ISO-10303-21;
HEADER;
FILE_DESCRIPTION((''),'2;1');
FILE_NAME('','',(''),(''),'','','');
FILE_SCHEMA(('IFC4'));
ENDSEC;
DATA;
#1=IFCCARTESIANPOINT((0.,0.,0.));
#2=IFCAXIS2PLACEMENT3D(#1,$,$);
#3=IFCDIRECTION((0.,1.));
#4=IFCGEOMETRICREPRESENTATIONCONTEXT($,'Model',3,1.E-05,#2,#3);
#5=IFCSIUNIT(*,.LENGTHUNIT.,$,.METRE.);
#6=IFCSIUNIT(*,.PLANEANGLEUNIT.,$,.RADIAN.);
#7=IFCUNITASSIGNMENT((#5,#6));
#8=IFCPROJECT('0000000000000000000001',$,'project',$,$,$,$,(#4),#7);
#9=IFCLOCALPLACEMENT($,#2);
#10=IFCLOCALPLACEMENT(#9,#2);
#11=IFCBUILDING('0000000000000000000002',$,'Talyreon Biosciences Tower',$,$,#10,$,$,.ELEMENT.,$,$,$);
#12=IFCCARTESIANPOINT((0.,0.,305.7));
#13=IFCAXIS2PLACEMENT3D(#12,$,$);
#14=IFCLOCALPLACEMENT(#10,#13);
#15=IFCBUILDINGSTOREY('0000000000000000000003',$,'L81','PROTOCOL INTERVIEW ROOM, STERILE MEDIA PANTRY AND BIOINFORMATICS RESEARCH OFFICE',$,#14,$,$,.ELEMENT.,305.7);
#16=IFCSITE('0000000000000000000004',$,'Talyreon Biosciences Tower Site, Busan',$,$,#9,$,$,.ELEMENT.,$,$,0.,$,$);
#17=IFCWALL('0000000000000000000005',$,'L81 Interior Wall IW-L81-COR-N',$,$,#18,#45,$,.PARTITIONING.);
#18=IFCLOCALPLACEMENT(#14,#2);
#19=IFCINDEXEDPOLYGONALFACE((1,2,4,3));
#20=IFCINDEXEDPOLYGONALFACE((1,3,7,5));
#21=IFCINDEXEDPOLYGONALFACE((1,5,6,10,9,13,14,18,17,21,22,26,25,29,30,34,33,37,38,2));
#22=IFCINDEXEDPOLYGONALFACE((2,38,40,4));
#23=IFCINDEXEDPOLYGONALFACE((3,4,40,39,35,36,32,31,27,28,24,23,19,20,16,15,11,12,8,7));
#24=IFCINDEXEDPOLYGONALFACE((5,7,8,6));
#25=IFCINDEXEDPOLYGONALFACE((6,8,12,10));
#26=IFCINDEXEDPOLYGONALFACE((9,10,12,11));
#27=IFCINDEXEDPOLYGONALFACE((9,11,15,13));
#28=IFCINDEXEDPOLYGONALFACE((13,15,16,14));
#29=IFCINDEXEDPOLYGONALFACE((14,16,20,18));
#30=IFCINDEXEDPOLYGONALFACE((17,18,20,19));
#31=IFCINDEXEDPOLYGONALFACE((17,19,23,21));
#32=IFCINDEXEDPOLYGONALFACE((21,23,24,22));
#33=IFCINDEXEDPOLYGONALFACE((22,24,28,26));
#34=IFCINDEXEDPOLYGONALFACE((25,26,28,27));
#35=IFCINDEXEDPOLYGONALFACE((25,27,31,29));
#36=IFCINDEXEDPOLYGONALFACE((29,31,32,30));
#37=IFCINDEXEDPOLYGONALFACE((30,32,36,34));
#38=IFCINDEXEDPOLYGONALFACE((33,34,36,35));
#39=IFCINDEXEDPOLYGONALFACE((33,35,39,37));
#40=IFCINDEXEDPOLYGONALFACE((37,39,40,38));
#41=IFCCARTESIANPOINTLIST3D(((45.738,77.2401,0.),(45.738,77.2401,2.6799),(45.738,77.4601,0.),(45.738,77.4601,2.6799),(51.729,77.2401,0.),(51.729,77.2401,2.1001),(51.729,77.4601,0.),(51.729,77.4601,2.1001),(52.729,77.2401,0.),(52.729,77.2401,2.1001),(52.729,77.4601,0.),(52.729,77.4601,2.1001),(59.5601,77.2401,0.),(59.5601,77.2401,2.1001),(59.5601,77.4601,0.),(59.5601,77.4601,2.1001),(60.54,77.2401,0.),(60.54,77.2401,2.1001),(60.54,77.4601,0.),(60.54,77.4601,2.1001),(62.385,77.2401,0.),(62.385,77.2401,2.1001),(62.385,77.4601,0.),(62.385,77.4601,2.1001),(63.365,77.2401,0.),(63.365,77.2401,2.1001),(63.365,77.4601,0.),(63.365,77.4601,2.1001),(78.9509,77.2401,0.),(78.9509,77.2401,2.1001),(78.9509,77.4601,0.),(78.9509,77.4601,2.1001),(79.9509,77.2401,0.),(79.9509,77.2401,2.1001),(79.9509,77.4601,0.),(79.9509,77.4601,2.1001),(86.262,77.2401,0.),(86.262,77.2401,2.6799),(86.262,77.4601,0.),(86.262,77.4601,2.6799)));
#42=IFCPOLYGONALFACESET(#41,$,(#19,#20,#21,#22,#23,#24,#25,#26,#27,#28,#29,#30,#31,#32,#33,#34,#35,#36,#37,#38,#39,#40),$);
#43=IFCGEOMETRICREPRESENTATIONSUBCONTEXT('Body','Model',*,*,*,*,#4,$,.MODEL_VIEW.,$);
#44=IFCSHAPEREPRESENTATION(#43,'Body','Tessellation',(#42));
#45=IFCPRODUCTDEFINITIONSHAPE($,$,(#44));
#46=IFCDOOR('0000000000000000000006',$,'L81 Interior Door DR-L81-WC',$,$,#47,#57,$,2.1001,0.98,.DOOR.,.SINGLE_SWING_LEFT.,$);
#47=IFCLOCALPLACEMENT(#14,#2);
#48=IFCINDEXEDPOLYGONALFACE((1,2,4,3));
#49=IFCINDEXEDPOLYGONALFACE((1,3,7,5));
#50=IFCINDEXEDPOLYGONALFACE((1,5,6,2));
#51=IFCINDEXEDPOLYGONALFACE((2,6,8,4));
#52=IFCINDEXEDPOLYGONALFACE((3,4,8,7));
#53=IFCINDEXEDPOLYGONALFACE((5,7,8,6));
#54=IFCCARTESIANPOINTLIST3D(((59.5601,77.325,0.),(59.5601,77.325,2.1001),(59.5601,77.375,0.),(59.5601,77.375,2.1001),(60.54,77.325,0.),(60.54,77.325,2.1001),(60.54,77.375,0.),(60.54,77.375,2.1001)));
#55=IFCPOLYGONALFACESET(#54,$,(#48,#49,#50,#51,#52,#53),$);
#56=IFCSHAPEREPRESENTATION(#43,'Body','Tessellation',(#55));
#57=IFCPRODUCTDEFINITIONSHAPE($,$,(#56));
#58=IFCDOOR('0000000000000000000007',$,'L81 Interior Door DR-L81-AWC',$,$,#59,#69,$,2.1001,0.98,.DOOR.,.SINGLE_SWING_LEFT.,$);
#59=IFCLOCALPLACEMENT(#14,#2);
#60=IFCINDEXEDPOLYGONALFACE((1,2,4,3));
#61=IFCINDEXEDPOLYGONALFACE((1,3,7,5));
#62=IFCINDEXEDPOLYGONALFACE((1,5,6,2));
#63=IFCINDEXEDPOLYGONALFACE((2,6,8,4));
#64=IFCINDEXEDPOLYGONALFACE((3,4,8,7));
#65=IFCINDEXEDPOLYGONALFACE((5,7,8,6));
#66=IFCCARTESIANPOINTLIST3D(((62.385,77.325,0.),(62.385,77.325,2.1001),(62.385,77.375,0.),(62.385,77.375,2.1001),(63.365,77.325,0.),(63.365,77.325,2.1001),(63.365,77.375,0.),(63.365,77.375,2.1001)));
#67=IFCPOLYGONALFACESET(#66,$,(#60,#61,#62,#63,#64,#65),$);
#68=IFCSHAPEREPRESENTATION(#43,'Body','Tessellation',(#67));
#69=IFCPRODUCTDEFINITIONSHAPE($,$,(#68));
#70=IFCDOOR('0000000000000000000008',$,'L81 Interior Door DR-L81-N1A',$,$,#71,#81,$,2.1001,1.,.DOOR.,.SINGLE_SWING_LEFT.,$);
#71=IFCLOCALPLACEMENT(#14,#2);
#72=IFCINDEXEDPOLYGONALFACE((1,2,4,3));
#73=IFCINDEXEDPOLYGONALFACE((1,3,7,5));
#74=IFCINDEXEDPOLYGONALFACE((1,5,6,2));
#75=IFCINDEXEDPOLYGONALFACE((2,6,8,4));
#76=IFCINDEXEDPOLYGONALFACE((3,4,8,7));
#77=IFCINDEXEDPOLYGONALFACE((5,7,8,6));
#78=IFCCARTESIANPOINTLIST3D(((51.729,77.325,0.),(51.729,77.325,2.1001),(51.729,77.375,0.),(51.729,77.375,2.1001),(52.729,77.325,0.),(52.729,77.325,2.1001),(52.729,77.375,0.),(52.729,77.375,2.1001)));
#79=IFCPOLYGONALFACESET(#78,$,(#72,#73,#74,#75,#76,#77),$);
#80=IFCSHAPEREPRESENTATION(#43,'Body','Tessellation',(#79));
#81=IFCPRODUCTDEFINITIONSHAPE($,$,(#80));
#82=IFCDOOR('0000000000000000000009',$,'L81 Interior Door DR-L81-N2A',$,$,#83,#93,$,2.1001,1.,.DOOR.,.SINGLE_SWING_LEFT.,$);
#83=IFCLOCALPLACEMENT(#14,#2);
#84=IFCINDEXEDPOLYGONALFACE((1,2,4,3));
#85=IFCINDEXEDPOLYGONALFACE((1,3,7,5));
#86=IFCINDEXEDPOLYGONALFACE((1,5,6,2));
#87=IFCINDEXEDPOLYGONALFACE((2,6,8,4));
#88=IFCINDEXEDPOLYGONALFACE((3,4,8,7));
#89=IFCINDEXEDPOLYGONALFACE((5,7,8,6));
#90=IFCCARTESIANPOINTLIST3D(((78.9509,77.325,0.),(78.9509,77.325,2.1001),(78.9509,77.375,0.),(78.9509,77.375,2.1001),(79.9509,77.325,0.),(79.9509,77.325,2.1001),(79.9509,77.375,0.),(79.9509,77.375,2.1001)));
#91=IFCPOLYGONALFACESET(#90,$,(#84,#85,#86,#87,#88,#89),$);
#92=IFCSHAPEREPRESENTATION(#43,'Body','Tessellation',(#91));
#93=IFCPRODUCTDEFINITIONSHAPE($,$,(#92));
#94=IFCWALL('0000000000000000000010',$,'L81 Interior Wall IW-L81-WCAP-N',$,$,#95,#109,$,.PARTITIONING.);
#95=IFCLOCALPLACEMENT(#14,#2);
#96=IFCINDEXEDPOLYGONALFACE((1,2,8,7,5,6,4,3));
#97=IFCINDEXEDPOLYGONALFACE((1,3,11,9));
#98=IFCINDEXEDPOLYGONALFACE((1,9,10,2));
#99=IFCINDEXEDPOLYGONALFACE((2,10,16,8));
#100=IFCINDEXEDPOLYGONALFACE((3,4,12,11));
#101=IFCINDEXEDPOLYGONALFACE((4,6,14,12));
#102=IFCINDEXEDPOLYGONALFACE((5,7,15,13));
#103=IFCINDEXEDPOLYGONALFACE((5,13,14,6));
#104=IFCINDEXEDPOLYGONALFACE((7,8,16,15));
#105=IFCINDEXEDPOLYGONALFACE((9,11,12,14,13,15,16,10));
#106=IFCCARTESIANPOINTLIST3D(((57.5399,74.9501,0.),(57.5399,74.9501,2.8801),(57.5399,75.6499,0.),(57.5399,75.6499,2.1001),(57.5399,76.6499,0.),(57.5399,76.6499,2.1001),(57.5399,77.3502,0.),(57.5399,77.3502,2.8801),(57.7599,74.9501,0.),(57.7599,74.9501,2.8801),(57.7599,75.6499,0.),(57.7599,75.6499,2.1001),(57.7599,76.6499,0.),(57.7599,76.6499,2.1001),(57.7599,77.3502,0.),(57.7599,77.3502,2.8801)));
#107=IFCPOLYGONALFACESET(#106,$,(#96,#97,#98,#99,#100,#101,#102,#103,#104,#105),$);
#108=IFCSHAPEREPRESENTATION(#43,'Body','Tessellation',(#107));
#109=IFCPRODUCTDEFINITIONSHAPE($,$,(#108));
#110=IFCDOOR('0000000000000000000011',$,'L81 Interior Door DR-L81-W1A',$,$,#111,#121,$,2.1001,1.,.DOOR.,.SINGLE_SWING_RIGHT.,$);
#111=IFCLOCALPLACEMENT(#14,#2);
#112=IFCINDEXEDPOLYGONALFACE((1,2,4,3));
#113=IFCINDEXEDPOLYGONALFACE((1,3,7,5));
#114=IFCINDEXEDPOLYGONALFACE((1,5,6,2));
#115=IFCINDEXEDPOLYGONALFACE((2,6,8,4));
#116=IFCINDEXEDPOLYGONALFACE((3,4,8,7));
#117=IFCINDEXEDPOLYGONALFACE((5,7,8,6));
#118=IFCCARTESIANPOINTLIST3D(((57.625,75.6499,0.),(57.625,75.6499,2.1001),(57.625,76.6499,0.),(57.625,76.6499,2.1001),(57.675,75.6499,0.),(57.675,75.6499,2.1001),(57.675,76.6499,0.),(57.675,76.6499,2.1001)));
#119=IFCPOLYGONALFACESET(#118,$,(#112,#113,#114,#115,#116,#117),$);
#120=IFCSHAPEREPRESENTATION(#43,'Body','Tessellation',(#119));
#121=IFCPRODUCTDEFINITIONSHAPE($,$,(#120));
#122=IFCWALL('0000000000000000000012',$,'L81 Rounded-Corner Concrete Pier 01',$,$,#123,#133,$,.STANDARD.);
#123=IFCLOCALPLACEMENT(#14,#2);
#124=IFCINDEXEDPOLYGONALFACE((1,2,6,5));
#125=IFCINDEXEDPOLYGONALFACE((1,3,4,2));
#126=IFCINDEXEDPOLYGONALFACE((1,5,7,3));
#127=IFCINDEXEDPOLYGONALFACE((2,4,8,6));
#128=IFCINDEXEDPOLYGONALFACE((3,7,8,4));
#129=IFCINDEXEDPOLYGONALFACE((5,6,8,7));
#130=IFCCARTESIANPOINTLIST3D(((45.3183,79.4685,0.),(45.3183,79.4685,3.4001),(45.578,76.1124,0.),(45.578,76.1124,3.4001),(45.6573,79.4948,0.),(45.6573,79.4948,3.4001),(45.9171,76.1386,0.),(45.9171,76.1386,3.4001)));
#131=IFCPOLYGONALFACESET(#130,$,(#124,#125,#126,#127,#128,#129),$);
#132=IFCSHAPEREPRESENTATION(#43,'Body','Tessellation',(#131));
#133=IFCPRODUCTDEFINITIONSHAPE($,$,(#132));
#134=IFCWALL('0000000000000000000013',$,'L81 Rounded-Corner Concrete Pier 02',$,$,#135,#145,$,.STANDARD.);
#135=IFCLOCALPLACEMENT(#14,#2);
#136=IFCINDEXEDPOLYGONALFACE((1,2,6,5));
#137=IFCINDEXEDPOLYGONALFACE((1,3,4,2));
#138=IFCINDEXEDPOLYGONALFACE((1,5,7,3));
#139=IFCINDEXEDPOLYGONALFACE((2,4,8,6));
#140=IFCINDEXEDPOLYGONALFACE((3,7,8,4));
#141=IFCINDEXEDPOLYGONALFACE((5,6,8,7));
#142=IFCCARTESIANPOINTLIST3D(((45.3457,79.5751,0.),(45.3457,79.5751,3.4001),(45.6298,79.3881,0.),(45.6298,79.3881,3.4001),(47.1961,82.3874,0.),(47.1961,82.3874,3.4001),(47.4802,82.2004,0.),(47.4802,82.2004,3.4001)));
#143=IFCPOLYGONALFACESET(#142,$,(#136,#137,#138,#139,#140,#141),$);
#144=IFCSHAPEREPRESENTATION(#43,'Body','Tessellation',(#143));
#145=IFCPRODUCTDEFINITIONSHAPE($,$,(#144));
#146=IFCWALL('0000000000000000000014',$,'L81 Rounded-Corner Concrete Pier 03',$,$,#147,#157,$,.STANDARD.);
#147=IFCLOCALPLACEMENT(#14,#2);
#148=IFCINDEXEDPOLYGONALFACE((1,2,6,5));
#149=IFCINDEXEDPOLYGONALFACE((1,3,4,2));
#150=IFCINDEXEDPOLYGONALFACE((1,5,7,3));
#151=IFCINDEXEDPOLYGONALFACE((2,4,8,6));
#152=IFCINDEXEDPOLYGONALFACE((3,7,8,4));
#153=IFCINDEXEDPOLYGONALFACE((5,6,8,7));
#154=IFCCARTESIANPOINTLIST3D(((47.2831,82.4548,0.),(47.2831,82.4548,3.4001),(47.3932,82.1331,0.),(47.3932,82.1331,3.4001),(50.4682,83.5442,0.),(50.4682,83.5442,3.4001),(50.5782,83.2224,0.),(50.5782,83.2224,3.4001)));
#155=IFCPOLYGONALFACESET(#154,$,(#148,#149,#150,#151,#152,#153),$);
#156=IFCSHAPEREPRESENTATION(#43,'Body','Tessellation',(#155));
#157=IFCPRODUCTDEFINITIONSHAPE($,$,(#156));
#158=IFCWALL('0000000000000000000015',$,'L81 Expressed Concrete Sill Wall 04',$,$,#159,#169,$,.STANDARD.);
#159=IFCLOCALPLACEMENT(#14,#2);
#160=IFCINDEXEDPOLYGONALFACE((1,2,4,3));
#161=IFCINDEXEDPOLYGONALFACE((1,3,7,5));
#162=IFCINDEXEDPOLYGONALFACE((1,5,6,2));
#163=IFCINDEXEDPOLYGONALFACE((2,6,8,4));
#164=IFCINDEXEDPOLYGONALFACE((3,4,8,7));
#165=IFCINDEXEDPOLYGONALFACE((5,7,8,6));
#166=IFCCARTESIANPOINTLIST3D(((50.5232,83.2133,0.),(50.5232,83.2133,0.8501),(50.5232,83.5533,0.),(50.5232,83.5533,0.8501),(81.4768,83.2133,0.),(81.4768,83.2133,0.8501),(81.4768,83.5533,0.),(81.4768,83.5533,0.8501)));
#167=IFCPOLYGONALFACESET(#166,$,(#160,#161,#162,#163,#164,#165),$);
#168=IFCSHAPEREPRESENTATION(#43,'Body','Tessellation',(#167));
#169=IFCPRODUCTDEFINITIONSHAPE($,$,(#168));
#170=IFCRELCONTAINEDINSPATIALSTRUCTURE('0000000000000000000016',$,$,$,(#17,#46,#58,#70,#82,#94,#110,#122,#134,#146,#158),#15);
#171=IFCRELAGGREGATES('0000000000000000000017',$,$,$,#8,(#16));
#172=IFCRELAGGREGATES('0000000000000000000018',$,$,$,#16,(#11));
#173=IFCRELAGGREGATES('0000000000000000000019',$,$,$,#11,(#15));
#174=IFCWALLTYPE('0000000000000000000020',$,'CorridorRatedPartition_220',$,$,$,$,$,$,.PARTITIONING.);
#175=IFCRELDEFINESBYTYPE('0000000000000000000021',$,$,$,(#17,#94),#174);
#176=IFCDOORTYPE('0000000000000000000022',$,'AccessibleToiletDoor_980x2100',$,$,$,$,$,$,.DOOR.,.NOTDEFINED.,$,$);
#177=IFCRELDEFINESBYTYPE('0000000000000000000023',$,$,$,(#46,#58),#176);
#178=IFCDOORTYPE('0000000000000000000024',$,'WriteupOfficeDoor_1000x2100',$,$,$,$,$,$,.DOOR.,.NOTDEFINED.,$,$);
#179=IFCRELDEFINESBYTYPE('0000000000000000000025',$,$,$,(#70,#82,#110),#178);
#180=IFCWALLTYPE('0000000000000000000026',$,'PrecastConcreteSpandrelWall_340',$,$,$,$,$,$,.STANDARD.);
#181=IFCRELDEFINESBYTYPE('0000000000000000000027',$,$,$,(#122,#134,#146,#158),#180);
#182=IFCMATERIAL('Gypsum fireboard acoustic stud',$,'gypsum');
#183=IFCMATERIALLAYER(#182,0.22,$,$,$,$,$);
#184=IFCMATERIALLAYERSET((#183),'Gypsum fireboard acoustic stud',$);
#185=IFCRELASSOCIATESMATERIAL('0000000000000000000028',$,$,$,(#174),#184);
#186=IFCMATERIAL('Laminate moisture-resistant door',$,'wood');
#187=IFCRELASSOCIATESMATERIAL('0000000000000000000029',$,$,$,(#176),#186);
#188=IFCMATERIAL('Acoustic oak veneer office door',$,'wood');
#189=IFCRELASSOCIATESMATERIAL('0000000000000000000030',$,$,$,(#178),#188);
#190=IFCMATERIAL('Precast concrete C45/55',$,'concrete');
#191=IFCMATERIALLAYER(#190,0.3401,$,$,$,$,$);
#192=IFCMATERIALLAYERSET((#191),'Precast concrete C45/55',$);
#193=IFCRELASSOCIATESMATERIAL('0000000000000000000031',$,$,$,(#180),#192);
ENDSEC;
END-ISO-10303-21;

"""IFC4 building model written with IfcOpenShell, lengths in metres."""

from ifc_helpers import new_model, si_unit, direction, frame, frame_2d, origin, place, context, subcontext, project, spatial, rectangle, extrude, material, layer, layer_set, type_object, element, fill, save


model = new_model("IFC4")

# Units and contexts
model_context = context("Model", 3, precision=1e-05, world=origin(), true_north=direction((0.0, 1.0)))
body_context = subcontext(model_context, "Body", "Model", "MODEL_VIEW")
ifc_project = project(units=[si_unit("LENGTHUNIT", "METRE"), si_unit("PLANEANGLEUNIT", "RADIAN")], contexts=[model_context])

# Site, building, storey
site_placement = place(None, origin())
site = spatial("IfcSite", under=ifc_project, at=site_placement, Name="Talyreon Biosciences Tower Site, Busan", CompositionType="ELEMENT", RefElevation=0.0)
building_placement = place(site_placement, origin())
building = spatial("IfcBuilding", under=site, at=building_placement, Name="Talyreon Biosciences Tower", CompositionType="ELEMENT")
storey_placement = place(building_placement, frame((0.0, 0.0, 305.7)))
storey = spatial("IfcBuildingStorey", under=building, at=storey_placement, Name="L81", Description="PROTOCOL INTERVIEW ROOM, STERILE MEDIA PANTRY AND BIOINFORMATICS RESEARCH OFFICE", CompositionType="ELEMENT", Elevation=305.7)

# Shared definitions
ifc_material_1 = material(Name="Precast concrete C45/55", Category="concrete")

# Wall, openings, doors
ifc_material_2 = material(Name="Gypsum fireboard acoustic stud", Category="gypsum")
ifc_layer_1 = layer(ifc_material_2, 0.22)
ifc_layer_set_1 = layer_set([ifc_layer_1], Name="Gypsum fireboard acoustic stud")
wall_type_1 = type_object("IfcWallType", Name="CorridorRatedPartition_220", PredefinedType="PARTITIONING", material=ifc_layer_set_1)
wall_1_placement = place(storey_placement, frame((45.738, 77.3501, 0.0), z_axis=(0.0, 0.0, 1.0), x_axis=(1.0, 0.0, 0.0)))
wall_1 = element("IfcWall", 1, at=wall_1_placement, inside=storey, type_object=wall_type_1, Name="L81 Interior Wall IW-L81-COR-N", PredefinedType="PARTITIONING", context=body_context, shape_type="SweptSolid", body=[
    extrude(rectangle(XDim=40.5239, YDim=0.22, at=frame_2d((20.262, 0.0))), origin(), (0.0, 0.0, 1.0), 2.6799),
])
opening_1_placement = place(wall_1_placement, frame((13.822, 0.0, 0.0)))
opening_1 = element("IfcOpeningElement", 2, at=opening_1_placement, cuts=wall_1, PredefinedType="OPENING", context=body_context, shape_type="SweptSolid", body=[
    extrude(rectangle(XDim=0.98, YDim=2.1001, at=frame_2d((0.49, 1.05))), frame((0.0, 0.1199, 0.0), z_axis=(0.0, -1.0, 0.0), x_axis=(1.0, 0.0, 0.0)), (0.0, 0.0, 1.0), 0.24),
])
opening_2_placement = place(wall_1_placement, frame((16.647, 0.0, 0.0)))
opening_2 = element("IfcOpeningElement", 3, at=opening_2_placement, cuts=wall_1, PredefinedType="OPENING", context=body_context, shape_type="SweptSolid", body=[
    extrude(rectangle(XDim=0.98, YDim=2.1001, at=frame_2d((0.49, 1.05))), frame((0.0, 0.1199, 0.0), z_axis=(0.0, -1.0, 0.0), x_axis=(1.0, 0.0, 0.0)), (0.0, 0.0, 1.0), 0.24),
])
opening_3_placement = place(wall_1_placement, frame((5.991, 0.0, 0.0)))
opening_3 = element("IfcOpeningElement", 4, at=opening_3_placement, cuts=wall_1, PredefinedType="OPENING", context=body_context, shape_type="SweptSolid", body=[
    extrude(rectangle(XDim=1.0, YDim=2.1001, at=frame_2d((0.5, 1.05))), frame((0.0, 0.1199, 0.0), z_axis=(0.0, -1.0, 0.0), x_axis=(1.0, 0.0, 0.0)), (0.0, 0.0, 1.0), 0.24),
])
opening_4_placement = place(wall_1_placement, frame((33.2129, 0.0, 0.0)))
opening_4 = element("IfcOpeningElement", 5, at=opening_4_placement, cuts=wall_1, PredefinedType="OPENING", context=body_context, shape_type="SweptSolid", body=[
    extrude(rectangle(XDim=1.0, YDim=2.1001, at=frame_2d((0.5, 1.05))), frame((0.0, 0.1199, 0.0), z_axis=(0.0, -1.0, 0.0), x_axis=(1.0, 0.0, 0.0)), (0.0, 0.0, 1.0), 0.24),
])
ifc_material_3 = material(Name="Laminate moisture-resistant door", Category="wood")
door_type_1 = type_object("IfcDoorType", Name="AccessibleToiletDoor_980x2100", OperationType="NOTDEFINED", PredefinedType="DOOR", material=ifc_material_3)
door_1_placement = place(opening_1_placement, origin())
door_1 = element("IfcDoor", 6, at=door_1_placement, inside=storey, type_object=door_type_1, Name="L81 Interior Door DR-L81-WC", OperationType="SINGLE_SWING_LEFT", OverallHeight=2.1001, OverallWidth=0.98, PredefinedType="DOOR", context=body_context, shape_type="SweptSolid", body=[
    extrude(rectangle(XDim=0.98, YDim=2.1001, at=frame_2d((0.49, 1.05))), frame((0.0, 0.0249, 0.0), z_axis=(0.0, -1.0, 0.0), x_axis=(1.0, 0.0, 0.0)), (0.0, 0.0, 1.0), 0.05),
])
fill(opening_1, door_1)
door_2_placement = place(opening_2_placement, origin())
door_2 = element("IfcDoor", 7, at=door_2_placement, inside=storey, type_object=door_type_1, Name="L81 Interior Door DR-L81-AWC", OperationType="SINGLE_SWING_LEFT", OverallHeight=2.1001, OverallWidth=0.98, PredefinedType="DOOR", context=body_context, shape_type="SweptSolid", body=[
    extrude(rectangle(XDim=0.98, YDim=2.1001, at=frame_2d((0.49, 1.05))), frame((0.0, 0.0249, 0.0), z_axis=(0.0, -1.0, 0.0), x_axis=(1.0, 0.0, 0.0)), (0.0, 0.0, 1.0), 0.05),
])
fill(opening_2, door_2)
ifc_material_4 = material(Name="Acoustic oak veneer office door", Category="wood")
door_type_2 = type_object("IfcDoorType", Name="WriteupOfficeDoor_1000x2100", OperationType="NOTDEFINED", PredefinedType="DOOR", material=ifc_material_4)
door_3_placement = place(opening_3_placement, origin())
door_3 = element("IfcDoor", 8, at=door_3_placement, inside=storey, type_object=door_type_2, Name="L81 Interior Door DR-L81-N1A", OperationType="SINGLE_SWING_LEFT", OverallHeight=2.1001, OverallWidth=1.0, PredefinedType="DOOR", context=body_context, shape_type="SweptSolid", body=[
    extrude(rectangle(XDim=1.0, YDim=2.1001, at=frame_2d((0.5, 1.05))), frame((0.0, 0.0249, 0.0), z_axis=(0.0, -1.0, 0.0), x_axis=(1.0, 0.0, 0.0)), (0.0, 0.0, 1.0), 0.05),
])
fill(opening_3, door_3)
door_4_placement = place(opening_4_placement, origin())
door_4 = element("IfcDoor", 9, at=door_4_placement, inside=storey, type_object=door_type_2, Name="L81 Interior Door DR-L81-N2A", OperationType="SINGLE_SWING_LEFT", OverallHeight=2.1001, OverallWidth=1.0, PredefinedType="DOOR", context=body_context, shape_type="SweptSolid", body=[
    extrude(rectangle(XDim=1.0, YDim=2.1001, at=frame_2d((0.5, 1.05))), frame((0.0, 0.0249, 0.0), z_axis=(0.0, -1.0, 0.0), x_axis=(1.0, 0.0, 0.0)), (0.0, 0.0, 1.0), 0.05),
])
fill(opening_4, door_4)

# Wall, opening, door
wall_2_placement = place(storey_placement, frame((57.6499, 74.95, 0.0), z_axis=(0.0, 0.0, 1.0), x_axis=(0.0, 1.0, 0.0)))
wall_2 = element("IfcWall", 10, at=wall_2_placement, inside=storey, type_object=wall_type_1, Name="L81 Interior Wall IW-L81-WCAP-N", PredefinedType="PARTITIONING", context=body_context, shape_type="SweptSolid", body=[
    extrude(rectangle(XDim=2.4001, YDim=0.22, at=frame_2d((1.2002, 0.0))), origin(), (0.0, 0.0, 1.0), 2.8801),
])
opening_5_placement = place(wall_2_placement, frame((0.7, 0.0, 0.0)))
opening_5 = element("IfcOpeningElement", 11, at=opening_5_placement, cuts=wall_2, PredefinedType="OPENING", context=body_context, shape_type="SweptSolid", body=[
    extrude(rectangle(XDim=1.0, YDim=2.1001, at=frame_2d((0.5, 1.05))), frame((0.0, 0.1199, 0.0), z_axis=(0.0, -1.0, 0.0), x_axis=(1.0, 0.0, 0.0)), (0.0, 0.0, 1.0), 0.24),
])
door_5_placement = place(opening_5_placement, origin())
door_5 = element("IfcDoor", 12, at=door_5_placement, inside=storey, type_object=door_type_2, Name="L81 Interior Door DR-L81-W1A", OperationType="SINGLE_SWING_RIGHT", OverallHeight=2.1001, OverallWidth=1.0, PredefinedType="DOOR", context=body_context, shape_type="SweptSolid", body=[
    extrude(rectangle(XDim=1.0, YDim=2.1001, at=frame_2d((0.5, 1.05))), frame((0.0, 0.0249, 0.0), z_axis=(0.0, -1.0, 0.0), x_axis=(1.0, 0.0, 0.0)), (0.0, 0.0, 1.0), 0.05),
])
fill(opening_5, door_5)

# Walls
ifc_layer_2 = layer(ifc_material_1, 0.3401)
ifc_layer_set_2 = layer_set([ifc_layer_2], Name="Precast concrete C45/55")
wall_type_2 = type_object("IfcWallType", Name="PrecastConcreteSpandrelWall_340", PredefinedType="STANDARD", material=ifc_layer_set_2)
wall_3_placement = place(storey_placement, frame((45.7476, 76.1255, 0.0), z_axis=(0.0, 0.0, 1.0), x_axis=(-0.077168, 0.997018, 0.0)))
element("IfcWall", 13, at=wall_3_placement, inside=storey, type_object=wall_type_2, Name="L81 Rounded-Corner Concrete Pier 01", PredefinedType="STANDARD", context=body_context, shape_type="SweptSolid", body=[
    extrude(rectangle(XDim=3.3662, YDim=0.3401, at=frame_2d((1.6831, 0.0))), origin(), (0.0, 0.0, 1.0), 3.4001),
])
wall_4_placement = place(storey_placement, frame((45.4878, 79.4817, 0.0), z_axis=(0.0, 0.0, 1.0), x_axis=(0.549652, 0.835393, 0.0)))
element("IfcWall", 14, at=wall_4_placement, inside=storey, type_object=wall_type_2, Name="L81 Rounded-Corner Concrete Pier 02", PredefinedType="STANDARD", context=body_context, shape_type="SweptSolid", body=[
    extrude(rectangle(XDim=3.3665, YDim=0.3401, at=frame_2d((1.6831, 0.0))), origin(), (0.0, 0.0, 1.0), 3.4001),
])
wall_5_placement = place(storey_placement, frame((47.3381, 82.2939, 0.0), z_axis=(0.0, 0.0, 1.0), x_axis=(0.946189, 0.323616, 0.0)))
element("IfcWall", 15, at=wall_5_placement, inside=storey, type_object=wall_type_2, Name="L81 Rounded-Corner Concrete Pier 03", PredefinedType="STANDARD", context=body_context, shape_type="SweptSolid", body=[
    extrude(rectangle(XDim=3.3662, YDim=0.3401, at=frame_2d((1.6831, 0.0))), origin(), (0.0, 0.0, 1.0), 3.4001),
])
wall_6_placement = place(storey_placement, frame((50.5232, 83.3833, 0.0), z_axis=(0.0, 0.0, 1.0), x_axis=(1.0, 0.0, 0.0)))
element("IfcWall", 16, at=wall_6_placement, inside=storey, type_object=wall_type_2, Name="L81 Expressed Concrete Sill Wall 04", PredefinedType="STANDARD", context=body_context, shape_type="SweptSolid", body=[
    extrude(rectangle(XDim=30.9536, YDim=0.3401, at=frame_2d((15.4768, 0.0))), origin(), (0.0, 0.0, 1.0), 0.8501),
])

save(model, "model.ifc")
